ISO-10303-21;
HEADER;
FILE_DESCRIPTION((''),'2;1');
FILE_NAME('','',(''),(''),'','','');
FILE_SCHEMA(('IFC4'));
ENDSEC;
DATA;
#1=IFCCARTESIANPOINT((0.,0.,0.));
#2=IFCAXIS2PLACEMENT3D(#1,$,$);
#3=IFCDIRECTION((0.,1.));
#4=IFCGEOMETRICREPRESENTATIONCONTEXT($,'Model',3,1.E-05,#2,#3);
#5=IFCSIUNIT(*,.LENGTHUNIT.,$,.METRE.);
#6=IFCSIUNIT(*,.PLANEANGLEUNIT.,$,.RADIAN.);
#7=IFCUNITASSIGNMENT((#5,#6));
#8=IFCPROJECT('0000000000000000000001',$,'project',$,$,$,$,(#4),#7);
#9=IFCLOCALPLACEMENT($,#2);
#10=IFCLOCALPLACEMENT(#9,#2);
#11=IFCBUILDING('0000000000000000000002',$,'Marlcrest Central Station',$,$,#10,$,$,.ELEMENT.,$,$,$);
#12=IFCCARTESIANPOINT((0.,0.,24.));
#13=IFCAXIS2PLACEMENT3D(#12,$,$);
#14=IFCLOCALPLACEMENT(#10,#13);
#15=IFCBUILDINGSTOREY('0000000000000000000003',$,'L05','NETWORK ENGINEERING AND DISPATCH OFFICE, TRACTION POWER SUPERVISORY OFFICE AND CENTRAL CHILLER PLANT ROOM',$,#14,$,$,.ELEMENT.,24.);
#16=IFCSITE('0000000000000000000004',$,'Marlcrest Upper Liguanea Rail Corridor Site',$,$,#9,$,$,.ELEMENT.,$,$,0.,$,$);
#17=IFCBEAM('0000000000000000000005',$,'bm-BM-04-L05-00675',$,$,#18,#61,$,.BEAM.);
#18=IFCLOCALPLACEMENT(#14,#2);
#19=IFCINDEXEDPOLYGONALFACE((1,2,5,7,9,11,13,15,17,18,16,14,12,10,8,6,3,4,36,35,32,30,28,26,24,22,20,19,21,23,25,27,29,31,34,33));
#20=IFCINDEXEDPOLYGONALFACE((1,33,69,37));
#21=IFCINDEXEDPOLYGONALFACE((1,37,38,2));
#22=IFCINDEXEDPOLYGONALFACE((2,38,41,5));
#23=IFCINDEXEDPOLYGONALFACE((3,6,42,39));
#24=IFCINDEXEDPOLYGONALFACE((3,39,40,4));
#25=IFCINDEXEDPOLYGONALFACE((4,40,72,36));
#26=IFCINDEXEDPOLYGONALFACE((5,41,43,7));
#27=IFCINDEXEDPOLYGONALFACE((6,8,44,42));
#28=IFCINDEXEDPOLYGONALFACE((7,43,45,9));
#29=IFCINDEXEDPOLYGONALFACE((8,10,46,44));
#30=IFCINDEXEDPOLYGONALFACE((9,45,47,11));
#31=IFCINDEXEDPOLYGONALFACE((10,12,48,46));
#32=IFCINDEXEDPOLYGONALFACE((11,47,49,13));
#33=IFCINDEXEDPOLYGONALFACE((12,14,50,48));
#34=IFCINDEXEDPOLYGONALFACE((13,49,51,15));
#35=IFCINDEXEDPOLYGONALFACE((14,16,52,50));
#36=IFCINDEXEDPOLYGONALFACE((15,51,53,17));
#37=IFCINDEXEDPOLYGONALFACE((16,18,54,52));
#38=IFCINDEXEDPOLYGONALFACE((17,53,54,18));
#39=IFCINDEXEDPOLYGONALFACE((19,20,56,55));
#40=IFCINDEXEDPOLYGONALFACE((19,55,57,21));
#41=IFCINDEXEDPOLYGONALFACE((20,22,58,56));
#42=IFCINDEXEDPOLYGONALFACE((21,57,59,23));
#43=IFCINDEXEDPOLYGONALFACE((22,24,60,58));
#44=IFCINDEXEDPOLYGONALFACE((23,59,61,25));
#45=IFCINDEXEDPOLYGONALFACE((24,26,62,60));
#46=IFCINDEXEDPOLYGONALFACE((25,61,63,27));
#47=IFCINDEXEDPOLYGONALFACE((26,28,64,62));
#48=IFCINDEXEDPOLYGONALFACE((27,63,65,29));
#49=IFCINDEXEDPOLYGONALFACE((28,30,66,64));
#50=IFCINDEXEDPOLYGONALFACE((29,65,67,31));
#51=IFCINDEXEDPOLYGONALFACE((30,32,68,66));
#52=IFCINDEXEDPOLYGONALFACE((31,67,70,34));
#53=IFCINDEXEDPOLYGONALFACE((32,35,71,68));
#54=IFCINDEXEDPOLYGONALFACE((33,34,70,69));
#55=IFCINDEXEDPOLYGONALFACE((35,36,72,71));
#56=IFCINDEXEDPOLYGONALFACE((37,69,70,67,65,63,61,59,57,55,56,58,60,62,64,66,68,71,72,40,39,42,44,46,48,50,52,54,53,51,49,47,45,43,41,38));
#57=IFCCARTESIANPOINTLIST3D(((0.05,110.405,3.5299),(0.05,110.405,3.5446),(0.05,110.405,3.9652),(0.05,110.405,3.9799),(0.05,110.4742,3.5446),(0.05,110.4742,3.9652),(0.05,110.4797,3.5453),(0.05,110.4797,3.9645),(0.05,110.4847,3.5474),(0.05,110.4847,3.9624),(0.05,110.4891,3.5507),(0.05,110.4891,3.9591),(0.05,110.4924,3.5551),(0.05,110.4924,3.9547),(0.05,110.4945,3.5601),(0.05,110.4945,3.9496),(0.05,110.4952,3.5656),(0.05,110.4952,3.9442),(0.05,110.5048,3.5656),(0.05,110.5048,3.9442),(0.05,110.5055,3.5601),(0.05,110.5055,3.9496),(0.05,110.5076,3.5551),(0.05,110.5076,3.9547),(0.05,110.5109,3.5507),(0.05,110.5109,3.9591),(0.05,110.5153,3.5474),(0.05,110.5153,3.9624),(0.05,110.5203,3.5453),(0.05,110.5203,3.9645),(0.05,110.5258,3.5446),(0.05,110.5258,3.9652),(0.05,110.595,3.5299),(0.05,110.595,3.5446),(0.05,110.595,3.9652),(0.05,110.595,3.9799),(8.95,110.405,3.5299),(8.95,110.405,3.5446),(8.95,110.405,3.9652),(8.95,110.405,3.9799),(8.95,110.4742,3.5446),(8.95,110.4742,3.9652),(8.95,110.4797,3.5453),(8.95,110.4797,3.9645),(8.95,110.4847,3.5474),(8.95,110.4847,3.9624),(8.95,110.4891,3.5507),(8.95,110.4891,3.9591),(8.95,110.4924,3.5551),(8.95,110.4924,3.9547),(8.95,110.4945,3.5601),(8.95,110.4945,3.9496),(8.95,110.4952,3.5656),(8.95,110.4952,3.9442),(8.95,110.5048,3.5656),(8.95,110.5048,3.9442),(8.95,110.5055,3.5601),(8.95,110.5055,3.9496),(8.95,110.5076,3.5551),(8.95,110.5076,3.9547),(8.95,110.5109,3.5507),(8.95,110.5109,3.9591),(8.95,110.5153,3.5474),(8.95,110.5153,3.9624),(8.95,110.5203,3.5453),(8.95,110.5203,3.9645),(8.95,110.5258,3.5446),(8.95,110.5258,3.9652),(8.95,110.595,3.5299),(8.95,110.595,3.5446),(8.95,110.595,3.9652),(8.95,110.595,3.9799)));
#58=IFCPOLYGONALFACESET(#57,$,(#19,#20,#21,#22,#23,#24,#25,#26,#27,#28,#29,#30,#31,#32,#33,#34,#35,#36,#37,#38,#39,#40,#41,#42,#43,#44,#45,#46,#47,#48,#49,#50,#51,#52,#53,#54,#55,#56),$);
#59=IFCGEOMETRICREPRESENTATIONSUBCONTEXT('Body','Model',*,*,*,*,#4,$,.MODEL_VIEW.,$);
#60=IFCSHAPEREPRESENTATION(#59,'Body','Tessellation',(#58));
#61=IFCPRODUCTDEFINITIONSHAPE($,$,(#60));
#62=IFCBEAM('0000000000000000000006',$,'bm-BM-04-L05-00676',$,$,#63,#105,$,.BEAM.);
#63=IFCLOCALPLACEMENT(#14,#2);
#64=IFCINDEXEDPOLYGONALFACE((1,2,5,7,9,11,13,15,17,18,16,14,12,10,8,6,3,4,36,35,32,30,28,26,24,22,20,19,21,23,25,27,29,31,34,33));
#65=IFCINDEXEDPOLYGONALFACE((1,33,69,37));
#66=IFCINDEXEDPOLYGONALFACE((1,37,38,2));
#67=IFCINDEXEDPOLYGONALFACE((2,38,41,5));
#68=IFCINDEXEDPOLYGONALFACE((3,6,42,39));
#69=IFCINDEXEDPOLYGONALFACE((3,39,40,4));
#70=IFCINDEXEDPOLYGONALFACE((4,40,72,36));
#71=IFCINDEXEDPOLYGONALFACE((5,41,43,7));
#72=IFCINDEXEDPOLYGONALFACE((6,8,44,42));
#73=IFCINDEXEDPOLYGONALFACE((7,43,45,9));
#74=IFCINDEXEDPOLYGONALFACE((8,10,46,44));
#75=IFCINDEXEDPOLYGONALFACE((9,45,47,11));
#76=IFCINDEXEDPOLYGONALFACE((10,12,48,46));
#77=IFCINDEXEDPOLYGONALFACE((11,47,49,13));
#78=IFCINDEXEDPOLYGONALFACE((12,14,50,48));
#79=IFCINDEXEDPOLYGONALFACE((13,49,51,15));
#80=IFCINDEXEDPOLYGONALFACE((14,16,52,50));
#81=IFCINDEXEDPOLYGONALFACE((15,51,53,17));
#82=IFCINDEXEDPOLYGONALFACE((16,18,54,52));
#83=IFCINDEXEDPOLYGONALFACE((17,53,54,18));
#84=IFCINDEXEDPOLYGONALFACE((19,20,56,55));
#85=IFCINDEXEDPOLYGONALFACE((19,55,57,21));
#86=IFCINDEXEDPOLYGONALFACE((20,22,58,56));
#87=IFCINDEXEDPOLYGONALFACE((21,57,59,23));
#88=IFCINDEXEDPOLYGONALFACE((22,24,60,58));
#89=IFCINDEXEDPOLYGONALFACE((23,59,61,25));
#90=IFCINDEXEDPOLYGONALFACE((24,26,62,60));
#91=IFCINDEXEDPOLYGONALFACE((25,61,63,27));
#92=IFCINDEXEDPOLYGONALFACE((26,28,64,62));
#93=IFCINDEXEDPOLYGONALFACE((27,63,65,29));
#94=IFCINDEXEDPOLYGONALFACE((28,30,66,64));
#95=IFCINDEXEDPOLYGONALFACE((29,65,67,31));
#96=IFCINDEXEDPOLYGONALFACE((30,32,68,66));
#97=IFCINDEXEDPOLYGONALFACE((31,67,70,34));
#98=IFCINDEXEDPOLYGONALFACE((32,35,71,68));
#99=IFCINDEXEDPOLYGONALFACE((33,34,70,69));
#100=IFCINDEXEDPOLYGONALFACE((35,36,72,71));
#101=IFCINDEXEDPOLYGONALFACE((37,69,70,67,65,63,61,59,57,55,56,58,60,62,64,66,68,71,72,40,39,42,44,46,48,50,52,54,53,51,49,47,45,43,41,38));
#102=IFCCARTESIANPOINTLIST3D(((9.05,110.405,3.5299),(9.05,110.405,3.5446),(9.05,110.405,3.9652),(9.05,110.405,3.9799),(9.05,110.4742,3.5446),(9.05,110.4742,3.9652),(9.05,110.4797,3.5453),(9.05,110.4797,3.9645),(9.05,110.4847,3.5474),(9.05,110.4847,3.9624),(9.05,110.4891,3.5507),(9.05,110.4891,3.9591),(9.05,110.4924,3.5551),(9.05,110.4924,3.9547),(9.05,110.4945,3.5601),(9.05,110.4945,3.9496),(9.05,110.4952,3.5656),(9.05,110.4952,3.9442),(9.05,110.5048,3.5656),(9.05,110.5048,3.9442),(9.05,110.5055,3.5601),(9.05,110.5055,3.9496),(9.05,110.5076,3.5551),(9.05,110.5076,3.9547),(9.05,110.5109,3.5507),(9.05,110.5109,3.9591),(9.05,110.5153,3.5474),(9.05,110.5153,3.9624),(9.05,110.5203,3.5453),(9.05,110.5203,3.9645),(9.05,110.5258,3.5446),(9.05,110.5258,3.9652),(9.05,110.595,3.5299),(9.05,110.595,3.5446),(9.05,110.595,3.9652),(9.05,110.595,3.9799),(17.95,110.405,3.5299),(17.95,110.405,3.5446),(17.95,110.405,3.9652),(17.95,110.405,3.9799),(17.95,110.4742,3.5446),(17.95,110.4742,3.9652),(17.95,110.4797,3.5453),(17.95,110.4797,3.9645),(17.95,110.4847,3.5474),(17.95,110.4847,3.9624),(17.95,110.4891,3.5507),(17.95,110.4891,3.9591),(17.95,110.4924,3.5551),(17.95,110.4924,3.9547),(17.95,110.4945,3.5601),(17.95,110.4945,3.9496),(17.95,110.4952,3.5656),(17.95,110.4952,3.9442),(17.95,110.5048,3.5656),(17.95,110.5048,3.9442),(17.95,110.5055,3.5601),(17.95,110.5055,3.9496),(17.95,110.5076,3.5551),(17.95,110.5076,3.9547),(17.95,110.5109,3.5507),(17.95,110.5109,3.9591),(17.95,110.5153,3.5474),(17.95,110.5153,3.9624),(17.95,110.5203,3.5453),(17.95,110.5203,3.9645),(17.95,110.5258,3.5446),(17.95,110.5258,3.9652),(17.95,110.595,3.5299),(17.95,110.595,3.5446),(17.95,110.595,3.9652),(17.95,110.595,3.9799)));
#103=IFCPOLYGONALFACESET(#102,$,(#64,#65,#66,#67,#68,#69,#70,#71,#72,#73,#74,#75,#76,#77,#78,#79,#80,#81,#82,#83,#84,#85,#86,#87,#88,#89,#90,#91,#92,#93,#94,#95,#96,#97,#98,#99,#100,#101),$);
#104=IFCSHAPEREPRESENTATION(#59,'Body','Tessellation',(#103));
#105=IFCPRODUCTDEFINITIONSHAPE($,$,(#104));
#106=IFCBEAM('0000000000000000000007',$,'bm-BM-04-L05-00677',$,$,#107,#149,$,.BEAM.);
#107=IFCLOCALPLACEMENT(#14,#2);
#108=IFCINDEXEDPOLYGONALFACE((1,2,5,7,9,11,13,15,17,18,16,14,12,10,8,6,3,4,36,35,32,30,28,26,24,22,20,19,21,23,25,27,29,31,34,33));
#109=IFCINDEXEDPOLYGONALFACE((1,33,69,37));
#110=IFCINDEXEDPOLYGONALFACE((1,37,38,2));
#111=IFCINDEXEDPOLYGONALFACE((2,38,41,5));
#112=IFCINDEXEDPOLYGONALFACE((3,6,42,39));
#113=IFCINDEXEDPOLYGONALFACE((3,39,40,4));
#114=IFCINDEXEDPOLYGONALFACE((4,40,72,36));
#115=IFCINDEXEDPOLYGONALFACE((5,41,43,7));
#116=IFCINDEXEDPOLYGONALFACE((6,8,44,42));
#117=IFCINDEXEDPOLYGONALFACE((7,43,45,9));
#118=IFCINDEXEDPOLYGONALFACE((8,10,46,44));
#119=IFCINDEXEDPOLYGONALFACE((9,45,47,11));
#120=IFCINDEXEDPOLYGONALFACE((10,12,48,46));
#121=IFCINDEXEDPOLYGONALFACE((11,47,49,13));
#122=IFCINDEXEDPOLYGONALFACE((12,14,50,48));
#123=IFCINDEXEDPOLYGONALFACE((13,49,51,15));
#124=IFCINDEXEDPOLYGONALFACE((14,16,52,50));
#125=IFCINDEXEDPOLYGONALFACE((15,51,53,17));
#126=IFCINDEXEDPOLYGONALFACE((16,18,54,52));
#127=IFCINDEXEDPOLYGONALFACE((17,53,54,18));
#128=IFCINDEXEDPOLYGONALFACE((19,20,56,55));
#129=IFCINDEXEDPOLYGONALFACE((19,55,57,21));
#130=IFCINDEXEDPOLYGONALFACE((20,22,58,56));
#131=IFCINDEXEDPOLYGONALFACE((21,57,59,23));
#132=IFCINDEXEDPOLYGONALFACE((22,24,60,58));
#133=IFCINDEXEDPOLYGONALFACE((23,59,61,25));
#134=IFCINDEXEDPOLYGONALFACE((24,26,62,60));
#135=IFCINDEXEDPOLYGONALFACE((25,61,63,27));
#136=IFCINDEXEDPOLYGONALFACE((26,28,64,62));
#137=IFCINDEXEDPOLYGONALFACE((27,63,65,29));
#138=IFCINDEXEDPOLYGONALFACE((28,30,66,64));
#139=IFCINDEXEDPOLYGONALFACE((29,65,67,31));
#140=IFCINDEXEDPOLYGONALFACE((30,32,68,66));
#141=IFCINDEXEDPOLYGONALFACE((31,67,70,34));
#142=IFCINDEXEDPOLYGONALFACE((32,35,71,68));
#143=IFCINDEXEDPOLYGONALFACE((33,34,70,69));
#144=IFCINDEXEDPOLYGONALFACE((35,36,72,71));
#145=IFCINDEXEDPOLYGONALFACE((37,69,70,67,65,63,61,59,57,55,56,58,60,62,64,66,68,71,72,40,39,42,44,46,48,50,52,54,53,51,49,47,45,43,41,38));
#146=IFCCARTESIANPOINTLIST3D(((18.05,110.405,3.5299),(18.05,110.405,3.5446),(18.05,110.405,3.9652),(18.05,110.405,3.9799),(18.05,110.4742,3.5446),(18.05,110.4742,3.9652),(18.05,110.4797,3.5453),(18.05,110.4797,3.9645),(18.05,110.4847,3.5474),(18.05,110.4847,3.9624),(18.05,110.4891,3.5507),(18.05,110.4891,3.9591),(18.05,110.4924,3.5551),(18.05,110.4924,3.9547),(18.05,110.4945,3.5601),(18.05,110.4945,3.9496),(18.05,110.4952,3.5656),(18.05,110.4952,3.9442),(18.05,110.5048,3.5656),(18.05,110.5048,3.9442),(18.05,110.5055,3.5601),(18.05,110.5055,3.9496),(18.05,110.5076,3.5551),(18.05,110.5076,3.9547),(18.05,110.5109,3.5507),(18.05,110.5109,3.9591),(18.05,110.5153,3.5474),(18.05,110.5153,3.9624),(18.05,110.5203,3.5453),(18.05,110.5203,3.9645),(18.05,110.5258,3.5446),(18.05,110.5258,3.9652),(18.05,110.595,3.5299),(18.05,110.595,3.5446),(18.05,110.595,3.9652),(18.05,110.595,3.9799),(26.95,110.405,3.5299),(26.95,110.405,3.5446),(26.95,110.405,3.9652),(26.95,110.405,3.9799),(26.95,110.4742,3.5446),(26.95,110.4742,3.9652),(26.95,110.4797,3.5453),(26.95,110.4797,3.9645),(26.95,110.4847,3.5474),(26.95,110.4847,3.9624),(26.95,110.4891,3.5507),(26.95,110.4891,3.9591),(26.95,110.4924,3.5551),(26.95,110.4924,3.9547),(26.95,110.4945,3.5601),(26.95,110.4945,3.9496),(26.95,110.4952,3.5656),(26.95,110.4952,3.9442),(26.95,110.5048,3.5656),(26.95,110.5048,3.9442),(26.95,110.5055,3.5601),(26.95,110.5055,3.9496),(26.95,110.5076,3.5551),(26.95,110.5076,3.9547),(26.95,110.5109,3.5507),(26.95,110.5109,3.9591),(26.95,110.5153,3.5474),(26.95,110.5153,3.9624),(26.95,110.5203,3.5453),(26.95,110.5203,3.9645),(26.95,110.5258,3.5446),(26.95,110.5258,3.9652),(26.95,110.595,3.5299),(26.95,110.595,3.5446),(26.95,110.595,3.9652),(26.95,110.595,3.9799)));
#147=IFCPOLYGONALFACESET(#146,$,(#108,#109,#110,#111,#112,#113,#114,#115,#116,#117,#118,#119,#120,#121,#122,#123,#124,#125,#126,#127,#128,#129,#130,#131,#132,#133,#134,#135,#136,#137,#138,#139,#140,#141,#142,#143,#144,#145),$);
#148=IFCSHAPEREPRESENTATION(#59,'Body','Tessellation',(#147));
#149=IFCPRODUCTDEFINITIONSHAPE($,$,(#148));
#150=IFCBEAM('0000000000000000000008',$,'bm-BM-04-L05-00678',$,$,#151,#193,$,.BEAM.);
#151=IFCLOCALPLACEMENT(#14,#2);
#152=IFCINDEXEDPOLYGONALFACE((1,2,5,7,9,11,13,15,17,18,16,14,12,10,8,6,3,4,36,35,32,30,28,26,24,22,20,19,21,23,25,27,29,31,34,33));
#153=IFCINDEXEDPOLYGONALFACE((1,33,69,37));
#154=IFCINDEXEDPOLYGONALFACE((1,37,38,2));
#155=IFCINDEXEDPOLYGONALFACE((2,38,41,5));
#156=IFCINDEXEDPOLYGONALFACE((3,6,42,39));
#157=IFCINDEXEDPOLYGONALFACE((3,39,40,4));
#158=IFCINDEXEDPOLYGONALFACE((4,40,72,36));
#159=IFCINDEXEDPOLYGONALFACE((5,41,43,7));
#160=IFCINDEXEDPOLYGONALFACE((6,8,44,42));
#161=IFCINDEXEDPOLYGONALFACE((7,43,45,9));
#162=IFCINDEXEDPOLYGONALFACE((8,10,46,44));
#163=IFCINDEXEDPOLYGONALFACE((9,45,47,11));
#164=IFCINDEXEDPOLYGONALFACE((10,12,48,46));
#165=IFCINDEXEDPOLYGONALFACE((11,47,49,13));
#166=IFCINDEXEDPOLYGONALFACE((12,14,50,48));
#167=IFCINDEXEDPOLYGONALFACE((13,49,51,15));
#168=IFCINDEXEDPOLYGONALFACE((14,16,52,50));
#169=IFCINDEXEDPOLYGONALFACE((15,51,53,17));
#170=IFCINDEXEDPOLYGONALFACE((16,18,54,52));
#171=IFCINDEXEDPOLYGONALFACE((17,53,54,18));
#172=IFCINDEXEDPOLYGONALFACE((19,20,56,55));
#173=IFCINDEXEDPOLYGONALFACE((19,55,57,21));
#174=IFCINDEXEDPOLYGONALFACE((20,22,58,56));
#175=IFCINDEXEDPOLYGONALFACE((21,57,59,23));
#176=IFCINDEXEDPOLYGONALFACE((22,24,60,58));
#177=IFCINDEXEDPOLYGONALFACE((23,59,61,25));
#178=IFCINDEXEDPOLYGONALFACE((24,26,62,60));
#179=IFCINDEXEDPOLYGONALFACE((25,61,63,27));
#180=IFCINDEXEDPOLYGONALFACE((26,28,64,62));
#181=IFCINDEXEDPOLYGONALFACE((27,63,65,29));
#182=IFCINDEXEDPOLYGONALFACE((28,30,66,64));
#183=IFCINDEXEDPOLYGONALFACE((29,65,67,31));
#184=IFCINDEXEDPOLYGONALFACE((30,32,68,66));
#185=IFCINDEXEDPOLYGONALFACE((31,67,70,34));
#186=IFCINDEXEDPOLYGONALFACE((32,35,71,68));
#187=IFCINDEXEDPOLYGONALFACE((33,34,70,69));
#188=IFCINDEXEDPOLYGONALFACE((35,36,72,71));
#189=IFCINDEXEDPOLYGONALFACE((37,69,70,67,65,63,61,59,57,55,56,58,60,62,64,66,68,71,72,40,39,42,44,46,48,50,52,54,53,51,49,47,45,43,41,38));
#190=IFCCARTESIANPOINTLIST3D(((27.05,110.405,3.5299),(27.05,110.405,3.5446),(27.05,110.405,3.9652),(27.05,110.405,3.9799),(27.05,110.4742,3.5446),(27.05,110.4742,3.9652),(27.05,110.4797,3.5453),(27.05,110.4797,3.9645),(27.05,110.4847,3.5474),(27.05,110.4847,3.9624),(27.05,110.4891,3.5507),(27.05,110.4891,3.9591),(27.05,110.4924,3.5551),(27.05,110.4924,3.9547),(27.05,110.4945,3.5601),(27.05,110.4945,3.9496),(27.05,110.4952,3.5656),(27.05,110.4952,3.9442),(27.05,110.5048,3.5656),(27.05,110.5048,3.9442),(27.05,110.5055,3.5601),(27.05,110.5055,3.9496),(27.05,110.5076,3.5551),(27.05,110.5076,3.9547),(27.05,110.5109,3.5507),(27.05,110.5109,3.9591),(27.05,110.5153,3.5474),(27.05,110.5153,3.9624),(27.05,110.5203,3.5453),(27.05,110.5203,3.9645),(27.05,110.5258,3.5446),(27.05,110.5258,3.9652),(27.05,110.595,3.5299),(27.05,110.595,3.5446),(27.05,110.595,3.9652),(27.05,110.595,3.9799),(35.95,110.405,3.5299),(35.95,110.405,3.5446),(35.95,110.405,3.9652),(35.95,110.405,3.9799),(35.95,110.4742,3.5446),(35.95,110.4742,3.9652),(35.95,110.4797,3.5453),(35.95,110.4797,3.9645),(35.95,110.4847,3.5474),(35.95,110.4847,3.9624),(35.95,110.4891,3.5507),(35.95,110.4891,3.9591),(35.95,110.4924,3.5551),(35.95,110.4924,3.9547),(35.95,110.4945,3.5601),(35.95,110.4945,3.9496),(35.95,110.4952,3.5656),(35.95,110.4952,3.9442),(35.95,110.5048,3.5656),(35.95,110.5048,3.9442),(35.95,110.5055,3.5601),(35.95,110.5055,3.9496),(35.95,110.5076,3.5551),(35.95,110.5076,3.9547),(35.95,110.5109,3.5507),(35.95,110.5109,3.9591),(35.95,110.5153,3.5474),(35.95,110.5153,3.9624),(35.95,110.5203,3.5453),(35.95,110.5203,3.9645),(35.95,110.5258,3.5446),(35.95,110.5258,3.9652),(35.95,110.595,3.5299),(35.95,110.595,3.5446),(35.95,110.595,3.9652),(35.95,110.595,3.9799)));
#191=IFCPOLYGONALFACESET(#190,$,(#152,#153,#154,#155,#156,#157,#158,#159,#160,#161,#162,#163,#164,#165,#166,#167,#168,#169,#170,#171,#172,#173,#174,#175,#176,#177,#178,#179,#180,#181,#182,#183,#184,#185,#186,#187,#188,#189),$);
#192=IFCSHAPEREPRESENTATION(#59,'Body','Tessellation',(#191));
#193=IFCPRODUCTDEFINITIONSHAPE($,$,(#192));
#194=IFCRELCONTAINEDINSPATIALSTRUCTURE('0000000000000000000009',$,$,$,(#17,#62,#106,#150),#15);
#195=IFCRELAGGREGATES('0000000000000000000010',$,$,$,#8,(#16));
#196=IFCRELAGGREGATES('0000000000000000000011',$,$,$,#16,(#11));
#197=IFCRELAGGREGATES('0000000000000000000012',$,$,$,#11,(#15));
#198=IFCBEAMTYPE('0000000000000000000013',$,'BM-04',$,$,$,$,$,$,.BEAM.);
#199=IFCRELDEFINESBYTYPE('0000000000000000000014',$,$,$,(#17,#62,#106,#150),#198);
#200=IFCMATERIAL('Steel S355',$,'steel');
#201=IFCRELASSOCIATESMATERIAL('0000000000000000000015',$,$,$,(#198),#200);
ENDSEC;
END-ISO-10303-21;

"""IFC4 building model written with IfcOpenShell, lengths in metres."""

from ifc_helpers import new_model, si_unit, direction, frame, origin, origin_2d, place, context, subcontext, project, spatial, i_section, extrude, material, material_profile, profile_set, type_object, element, save


model = new_model("IFC4")

# Units and contexts
model_context = context("Model", 3, precision=1e-05, world=origin(), true_north=direction((0.0, 1.0)))
body_context = subcontext(model_context, "Body", "Model", "MODEL_VIEW")
ifc_project = project(units=[si_unit("LENGTHUNIT", "METRE"), si_unit("PLANEANGLEUNIT", "RADIAN")], contexts=[model_context])

# Site, building, storey
site_placement = place(None, origin())
site = spatial("IfcSite", under=ifc_project, at=site_placement, Name="Marlcrest Upper Liguanea Rail Corridor Site", CompositionType="ELEMENT", RefElevation=0.0)
building_placement = place(site_placement, origin())
building = spatial("IfcBuilding", under=site, at=building_placement, Name="Marlcrest Central Station", CompositionType="ELEMENT")
storey_placement = place(building_placement, frame((0.0, 0.0, 24.0)))
storey = spatial("IfcBuildingStorey", under=building, at=storey_placement, Name="L05", Description="NETWORK ENGINEERING AND DISPATCH OFFICE, TRACTION POWER SUPERVISORY OFFICE AND CENTRAL CHILLER PLANT ROOM", CompositionType="ELEMENT", Elevation=24.0)

# Shared definitions
ifc_material_1 = material(Name="Steel S355", Category="steel")

# Beams
ifc_material_profile_1 = material_profile(ifc_material_1, i_section(OverallWidth=0.1899, OverallDepth=0.45, WebThickness=0.0095, FlangeThickness=0.0146, FilletRadius=0.021, at=origin_2d()), Name="IPE 450")
ifc_profile_set_1 = profile_set([ifc_material_profile_1], Name="Steel S355")
beam_type_1 = type_object("IfcBeamType", Name="BM-04", PredefinedType="BEAM", material=ifc_profile_set_1)
for number, where, z_axis, x_axis, name in (
    (1, (0.05, 110.5, 3.7549), (1.0, 0.0, 0.0), (0.0, 1.0, 0.0), "bm-BM-04-L05-00675"),
    (2, (9.05, 110.5, 3.7549), (1.0, 0.0, 0.0), (0.0, 1.0, 0.0), "bm-BM-04-L05-00676"),
    (3, (18.05, 110.5, 3.7549), (1.0, 0.0, 0.0), (0.0, 1.0, 0.0), "bm-BM-04-L05-00677"),
    (4, (27.05, 110.5, 3.7549), (1.0, 0.0, 0.0), (0.0, 1.0, 0.0), "bm-BM-04-L05-00678"),
):
    element("IfcBeam", number, at=place(storey_placement, frame(where, z_axis=z_axis, x_axis=x_axis)), inside=storey, type_object=beam_type_1, Name=name, PredefinedType="BEAM", context=body_context, shape_type="SweptSolid", body=[
        extrude(i_section(OverallWidth=0.1899, OverallDepth=0.45, WebThickness=0.0095, FlangeThickness=0.0146, FilletRadius=0.021, at=origin_2d()), origin(), (0.0, 0.0, 1.0), 8.8999),
    ])

save(model, "model.ifc")
